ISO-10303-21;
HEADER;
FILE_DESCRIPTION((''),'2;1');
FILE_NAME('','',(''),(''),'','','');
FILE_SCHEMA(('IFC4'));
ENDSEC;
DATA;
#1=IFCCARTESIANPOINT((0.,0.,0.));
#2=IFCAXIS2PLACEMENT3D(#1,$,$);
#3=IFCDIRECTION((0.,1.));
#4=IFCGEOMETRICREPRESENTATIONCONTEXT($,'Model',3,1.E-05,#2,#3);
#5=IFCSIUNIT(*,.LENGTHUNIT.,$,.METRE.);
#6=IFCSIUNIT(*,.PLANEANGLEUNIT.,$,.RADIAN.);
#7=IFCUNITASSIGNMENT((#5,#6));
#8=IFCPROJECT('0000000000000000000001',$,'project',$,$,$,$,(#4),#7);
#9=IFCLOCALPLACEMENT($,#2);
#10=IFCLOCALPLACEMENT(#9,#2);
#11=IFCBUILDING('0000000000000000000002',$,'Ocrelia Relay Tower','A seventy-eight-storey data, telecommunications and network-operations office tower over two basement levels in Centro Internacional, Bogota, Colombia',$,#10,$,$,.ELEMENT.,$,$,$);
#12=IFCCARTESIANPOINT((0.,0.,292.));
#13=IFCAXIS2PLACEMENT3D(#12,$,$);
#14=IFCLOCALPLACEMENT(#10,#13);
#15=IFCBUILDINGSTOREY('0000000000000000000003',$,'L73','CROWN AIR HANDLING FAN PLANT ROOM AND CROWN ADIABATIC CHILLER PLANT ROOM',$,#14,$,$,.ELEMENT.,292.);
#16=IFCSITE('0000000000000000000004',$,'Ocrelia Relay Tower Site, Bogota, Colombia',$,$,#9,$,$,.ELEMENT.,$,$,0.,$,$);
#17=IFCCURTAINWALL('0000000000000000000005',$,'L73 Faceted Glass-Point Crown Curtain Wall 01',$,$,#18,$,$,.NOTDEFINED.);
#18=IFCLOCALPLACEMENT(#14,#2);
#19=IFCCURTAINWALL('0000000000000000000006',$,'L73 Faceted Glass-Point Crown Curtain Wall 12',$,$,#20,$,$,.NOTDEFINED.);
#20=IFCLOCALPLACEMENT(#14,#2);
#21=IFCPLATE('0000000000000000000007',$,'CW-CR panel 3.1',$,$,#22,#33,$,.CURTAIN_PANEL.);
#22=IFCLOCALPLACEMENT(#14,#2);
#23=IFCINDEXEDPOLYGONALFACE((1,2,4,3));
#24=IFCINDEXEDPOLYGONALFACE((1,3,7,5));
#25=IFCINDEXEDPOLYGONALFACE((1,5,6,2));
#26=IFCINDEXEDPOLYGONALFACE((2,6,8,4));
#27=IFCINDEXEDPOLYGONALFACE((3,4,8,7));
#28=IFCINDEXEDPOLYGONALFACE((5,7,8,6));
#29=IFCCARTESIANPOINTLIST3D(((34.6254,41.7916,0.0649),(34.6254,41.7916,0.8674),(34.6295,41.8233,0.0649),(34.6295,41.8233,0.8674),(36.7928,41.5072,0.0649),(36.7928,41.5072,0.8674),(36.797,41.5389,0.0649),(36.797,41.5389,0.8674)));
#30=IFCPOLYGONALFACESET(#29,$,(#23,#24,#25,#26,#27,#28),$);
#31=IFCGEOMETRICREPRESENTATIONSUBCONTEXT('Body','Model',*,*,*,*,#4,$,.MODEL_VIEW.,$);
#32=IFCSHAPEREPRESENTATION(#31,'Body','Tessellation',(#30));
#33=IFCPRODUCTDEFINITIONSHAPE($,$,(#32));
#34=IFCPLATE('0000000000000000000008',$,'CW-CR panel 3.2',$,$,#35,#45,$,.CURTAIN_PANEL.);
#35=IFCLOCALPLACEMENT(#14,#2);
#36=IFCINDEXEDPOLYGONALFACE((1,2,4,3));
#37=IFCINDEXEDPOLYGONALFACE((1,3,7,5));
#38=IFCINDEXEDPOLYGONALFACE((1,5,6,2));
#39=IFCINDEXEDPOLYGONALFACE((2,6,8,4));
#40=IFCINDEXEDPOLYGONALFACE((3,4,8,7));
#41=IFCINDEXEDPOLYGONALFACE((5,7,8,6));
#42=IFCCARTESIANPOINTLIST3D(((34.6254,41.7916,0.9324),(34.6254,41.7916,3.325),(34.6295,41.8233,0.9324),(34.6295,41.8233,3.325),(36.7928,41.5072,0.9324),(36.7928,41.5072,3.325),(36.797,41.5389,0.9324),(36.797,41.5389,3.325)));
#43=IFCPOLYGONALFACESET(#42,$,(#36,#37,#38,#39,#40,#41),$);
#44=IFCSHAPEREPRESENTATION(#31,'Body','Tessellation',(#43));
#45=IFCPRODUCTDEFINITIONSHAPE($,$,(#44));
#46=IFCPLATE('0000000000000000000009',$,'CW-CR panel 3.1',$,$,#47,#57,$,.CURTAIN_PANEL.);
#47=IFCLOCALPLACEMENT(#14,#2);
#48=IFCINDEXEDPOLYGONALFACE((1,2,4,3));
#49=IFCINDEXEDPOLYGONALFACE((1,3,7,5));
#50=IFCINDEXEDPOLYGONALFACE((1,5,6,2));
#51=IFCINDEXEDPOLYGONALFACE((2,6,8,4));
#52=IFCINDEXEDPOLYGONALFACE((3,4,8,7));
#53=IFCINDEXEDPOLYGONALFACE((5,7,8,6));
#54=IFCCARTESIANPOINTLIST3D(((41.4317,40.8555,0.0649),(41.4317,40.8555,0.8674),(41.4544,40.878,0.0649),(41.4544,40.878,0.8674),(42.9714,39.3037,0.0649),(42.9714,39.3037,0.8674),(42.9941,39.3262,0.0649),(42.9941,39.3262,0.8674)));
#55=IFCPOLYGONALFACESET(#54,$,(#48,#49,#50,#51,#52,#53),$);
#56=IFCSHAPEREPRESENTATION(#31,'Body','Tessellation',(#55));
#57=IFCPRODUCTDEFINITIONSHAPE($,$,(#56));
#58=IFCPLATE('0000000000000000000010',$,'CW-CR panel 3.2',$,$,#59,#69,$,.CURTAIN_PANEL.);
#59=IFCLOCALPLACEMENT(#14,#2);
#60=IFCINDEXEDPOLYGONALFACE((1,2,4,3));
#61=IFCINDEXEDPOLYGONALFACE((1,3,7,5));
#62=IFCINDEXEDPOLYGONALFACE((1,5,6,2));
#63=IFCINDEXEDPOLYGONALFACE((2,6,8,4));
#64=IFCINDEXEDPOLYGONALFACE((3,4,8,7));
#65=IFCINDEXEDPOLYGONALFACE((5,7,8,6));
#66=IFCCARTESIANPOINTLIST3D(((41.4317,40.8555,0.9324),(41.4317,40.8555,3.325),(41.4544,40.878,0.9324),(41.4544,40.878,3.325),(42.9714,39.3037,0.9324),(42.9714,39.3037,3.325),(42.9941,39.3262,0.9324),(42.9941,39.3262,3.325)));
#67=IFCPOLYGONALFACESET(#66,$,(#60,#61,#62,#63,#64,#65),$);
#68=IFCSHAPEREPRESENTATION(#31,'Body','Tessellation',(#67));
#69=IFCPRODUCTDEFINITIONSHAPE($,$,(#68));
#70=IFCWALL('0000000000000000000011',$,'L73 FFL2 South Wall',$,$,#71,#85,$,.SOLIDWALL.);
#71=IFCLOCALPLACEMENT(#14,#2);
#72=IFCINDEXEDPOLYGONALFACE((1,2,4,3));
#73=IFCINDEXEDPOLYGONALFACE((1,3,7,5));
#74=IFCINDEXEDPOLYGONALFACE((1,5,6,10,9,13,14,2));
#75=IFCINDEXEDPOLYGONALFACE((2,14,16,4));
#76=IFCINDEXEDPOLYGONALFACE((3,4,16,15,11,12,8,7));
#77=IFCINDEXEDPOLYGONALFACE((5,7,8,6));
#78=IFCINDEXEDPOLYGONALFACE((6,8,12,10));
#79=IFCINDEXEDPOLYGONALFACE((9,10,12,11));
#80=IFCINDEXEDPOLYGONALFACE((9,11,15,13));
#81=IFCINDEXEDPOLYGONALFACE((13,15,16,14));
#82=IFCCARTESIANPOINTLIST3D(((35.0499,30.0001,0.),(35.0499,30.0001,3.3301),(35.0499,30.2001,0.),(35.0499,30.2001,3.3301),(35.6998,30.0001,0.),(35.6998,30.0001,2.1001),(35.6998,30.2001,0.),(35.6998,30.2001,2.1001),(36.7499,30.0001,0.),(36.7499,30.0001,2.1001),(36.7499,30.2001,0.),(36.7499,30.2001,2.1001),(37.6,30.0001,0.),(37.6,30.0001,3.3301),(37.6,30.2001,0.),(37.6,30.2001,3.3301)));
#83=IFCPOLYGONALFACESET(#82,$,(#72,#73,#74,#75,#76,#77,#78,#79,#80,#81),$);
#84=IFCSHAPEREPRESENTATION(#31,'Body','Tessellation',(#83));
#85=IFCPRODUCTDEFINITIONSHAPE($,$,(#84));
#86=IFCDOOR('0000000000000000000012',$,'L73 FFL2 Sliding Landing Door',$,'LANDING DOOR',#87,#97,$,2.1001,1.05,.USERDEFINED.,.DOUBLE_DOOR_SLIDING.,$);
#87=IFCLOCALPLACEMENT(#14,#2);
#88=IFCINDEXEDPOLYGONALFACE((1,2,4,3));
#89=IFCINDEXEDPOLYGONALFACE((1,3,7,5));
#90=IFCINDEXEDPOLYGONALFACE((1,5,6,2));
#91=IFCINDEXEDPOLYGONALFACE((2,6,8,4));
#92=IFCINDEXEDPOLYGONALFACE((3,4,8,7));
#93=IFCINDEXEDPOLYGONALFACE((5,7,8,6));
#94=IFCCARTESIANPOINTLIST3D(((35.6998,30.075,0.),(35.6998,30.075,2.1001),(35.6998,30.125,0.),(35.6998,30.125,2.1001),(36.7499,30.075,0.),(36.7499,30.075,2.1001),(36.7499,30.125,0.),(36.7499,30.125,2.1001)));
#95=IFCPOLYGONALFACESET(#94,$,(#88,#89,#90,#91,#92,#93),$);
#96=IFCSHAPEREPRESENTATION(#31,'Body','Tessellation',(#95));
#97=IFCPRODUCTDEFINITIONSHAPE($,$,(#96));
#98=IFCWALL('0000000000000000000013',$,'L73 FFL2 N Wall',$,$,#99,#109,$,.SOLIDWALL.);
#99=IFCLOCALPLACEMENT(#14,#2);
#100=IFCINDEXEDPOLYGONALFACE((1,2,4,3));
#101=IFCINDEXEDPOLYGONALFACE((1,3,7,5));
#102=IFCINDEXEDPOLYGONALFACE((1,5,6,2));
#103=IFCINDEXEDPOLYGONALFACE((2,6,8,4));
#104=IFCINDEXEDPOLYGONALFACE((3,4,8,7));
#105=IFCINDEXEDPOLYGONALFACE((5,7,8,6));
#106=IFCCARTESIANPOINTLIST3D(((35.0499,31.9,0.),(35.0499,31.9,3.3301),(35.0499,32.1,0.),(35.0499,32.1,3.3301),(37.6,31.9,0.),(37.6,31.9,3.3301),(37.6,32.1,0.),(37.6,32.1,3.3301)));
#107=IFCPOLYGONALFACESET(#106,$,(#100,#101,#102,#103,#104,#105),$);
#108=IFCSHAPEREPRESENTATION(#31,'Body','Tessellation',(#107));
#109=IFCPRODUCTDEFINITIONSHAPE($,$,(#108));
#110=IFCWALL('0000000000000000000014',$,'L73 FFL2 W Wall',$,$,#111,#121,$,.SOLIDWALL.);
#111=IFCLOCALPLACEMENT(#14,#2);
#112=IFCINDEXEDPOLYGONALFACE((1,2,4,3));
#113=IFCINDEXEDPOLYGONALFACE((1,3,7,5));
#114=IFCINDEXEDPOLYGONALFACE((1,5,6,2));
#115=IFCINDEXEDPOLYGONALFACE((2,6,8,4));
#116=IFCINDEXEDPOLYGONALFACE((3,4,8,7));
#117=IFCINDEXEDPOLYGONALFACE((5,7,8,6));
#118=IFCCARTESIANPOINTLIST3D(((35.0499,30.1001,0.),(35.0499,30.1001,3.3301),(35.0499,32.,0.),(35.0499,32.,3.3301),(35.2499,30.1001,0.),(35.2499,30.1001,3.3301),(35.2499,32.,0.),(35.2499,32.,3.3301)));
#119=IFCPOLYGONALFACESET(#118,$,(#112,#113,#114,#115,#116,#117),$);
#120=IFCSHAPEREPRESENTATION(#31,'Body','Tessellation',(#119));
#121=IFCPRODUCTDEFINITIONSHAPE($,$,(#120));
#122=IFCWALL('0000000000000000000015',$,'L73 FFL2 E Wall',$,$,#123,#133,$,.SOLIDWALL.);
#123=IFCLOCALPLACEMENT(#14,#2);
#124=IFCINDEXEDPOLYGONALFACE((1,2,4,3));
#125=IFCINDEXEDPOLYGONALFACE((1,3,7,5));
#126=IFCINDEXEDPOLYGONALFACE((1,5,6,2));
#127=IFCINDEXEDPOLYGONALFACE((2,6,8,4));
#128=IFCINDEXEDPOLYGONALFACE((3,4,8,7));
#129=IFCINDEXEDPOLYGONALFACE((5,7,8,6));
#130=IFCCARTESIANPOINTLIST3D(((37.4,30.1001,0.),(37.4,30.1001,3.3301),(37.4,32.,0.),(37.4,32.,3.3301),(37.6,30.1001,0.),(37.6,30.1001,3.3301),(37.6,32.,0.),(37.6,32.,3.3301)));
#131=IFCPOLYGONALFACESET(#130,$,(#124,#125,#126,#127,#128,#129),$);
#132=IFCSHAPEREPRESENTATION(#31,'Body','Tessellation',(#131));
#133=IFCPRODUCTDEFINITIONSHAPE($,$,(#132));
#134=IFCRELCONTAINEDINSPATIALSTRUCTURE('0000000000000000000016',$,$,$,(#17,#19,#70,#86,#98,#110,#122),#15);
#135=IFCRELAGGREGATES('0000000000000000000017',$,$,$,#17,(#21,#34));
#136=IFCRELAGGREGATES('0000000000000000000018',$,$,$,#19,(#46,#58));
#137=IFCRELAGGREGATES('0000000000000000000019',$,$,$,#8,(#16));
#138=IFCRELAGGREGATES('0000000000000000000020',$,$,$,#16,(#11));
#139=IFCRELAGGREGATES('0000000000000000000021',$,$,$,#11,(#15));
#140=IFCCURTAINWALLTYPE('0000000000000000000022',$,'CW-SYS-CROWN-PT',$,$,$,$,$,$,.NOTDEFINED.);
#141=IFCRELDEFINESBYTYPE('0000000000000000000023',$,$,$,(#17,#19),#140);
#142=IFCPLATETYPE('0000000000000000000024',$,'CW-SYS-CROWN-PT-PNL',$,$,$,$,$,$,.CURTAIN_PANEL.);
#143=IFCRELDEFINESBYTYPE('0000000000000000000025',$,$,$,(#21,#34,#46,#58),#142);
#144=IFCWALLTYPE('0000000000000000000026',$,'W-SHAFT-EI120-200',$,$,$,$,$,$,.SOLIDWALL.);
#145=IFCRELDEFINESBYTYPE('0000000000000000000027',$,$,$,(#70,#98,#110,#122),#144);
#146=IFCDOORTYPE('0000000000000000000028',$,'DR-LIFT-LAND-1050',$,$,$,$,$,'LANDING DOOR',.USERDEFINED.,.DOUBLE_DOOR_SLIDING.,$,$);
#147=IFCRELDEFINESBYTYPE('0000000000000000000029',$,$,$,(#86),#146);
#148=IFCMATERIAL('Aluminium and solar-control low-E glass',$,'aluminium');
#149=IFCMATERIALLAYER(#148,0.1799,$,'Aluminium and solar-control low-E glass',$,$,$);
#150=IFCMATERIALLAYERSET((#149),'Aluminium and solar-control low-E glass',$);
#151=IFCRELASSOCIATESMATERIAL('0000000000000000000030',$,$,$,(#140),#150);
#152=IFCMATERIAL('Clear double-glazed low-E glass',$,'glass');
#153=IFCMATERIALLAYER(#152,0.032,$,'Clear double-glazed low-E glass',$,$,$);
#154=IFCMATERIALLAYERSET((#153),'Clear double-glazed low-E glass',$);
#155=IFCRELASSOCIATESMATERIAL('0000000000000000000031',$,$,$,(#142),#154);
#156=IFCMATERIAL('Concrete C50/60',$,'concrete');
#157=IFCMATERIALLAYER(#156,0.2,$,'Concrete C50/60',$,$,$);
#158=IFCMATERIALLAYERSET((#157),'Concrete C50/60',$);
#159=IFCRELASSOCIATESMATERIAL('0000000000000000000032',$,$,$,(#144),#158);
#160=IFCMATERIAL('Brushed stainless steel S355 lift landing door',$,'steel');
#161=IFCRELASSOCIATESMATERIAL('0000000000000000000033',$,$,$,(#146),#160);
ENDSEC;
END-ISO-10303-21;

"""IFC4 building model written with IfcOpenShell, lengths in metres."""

from ifc_helpers import new_model, si_unit, direction, frame, frame_2d, origin, origin_2d, place, context, subcontext, project, spatial, rectangle, extrude, material, layer, layer_set, type_object, element, fill, aggregate, save


model = new_model("IFC4")

# Units and contexts
model_context = context("Model", 3, precision=1e-05, world=origin(), true_north=direction((0.0, 1.0)))
body_context = subcontext(model_context, "Body", "Model", "MODEL_VIEW")
ifc_project = project(units=[si_unit("LENGTHUNIT", "METRE"), si_unit("PLANEANGLEUNIT", "RADIAN")], contexts=[model_context])

# Site, building, storey
site_placement = place(None, origin())
site = spatial("IfcSite", under=ifc_project, at=site_placement, Name="Ocrelia Relay Tower Site, Bogota, Colombia", CompositionType="ELEMENT", RefElevation=0.0)
building_placement = place(site_placement, origin())
building = spatial("IfcBuilding", under=site, at=building_placement, Name="Ocrelia Relay Tower", Description="A seventy-eight-storey data, telecommunications and network-operations office tower over two basement levels in Centro Internacional, Bogota, Colombia", CompositionType="ELEMENT")
storey_placement = place(building_placement, frame((0.0, 0.0, 292.0)))
storey = spatial("IfcBuildingStorey", under=building, at=storey_placement, Name="L73", Description="CROWN AIR HANDLING FAN PLANT ROOM AND CROWN ADIABATIC CHILLER PLANT ROOM", CompositionType="ELEMENT", Elevation=292.0)

# Curtain wall
ifc_material_1 = material(Name="Aluminium and solar-control low-E glass", Category="aluminium")
ifc_layer_1 = layer(ifc_material_1, 0.1799, Name="Aluminium and solar-control low-E glass")
ifc_layer_set_1 = layer_set([ifc_layer_1], Name="Aluminium and solar-control low-E glass")
curtain_wall_type = type_object("IfcCurtainWallType", Name="CW-SYS-CROWN-PT", PredefinedType="NOTDEFINED", material=ifc_layer_set_1)
curtain_wall_1_placement = place(storey_placement, origin())
curtain_wall_1 = element("IfcCurtainWall", 1, at=curtain_wall_1_placement, inside=storey, type_object=curtain_wall_type, Name="L73 Faceted Glass-Point Crown Curtain Wall 01", PredefinedType="NOTDEFINED")

# Curtain wall
curtain_wall_2_placement = place(storey_placement, origin())
curtain_wall_2 = element("IfcCurtainWall", 2, at=curtain_wall_2_placement, inside=storey, type_object=curtain_wall_type, Name="L73 Faceted Glass-Point Crown Curtain Wall 12", PredefinedType="NOTDEFINED")

# Plates
ifc_material_2 = material(Name="Clear double-glazed low-E glass", Category="glass")
ifc_layer_2 = layer(ifc_material_2, 0.032, Name="Clear double-glazed low-E glass")
ifc_layer_set_2 = layer_set([ifc_layer_2], Name="Clear double-glazed low-E glass")
plate_type = type_object("IfcPlateType", Name="CW-SYS-CROWN-PT-PNL", PredefinedType="CURTAIN_PANEL", material=ifc_layer_set_2)
plate_1_placement = place(storey_placement, frame((35.7112, 41.6653, 0.0649), z_axis=(0.0, 0.0, 1.0), x_axis=(-0.9915, 0.130108, 0.0)))
plate_1 = element("IfcPlate", 3, at=plate_1_placement, type_object=plate_type, Name="CW-CR panel 3.1", PredefinedType="CURTAIN_PANEL", context=body_context, shape_type="SweptSolid", body=[
    extrude(rectangle(XDim=2.186, YDim=0.032, at=origin_2d()), origin(), (0.0, 0.0, 1.0), 0.8025),
])
plate_2_placement = place(storey_placement, frame((35.7112, 41.6653, 0.9324), z_axis=(0.0, 0.0, 1.0), x_axis=(-0.9915, 0.130108, 0.0)))
plate_2 = element("IfcPlate", 4, at=plate_2_placement, type_object=plate_type, Name="CW-CR panel 3.2", PredefinedType="CURTAIN_PANEL", context=body_context, shape_type="SweptSolid", body=[
    extrude(rectangle(XDim=2.186, YDim=0.032, at=origin_2d()), origin(), (0.0, 0.0, 1.0), 2.3926),
])
aggregate(curtain_wall_1, [plate_1, plate_2])
plate_3_placement = place(storey_placement, frame((42.2129, 40.0908, 0.0649), z_axis=(0.0, 0.0, 1.0), x_axis=(-0.704332, 0.709871, 0.0)))
plate_3 = element("IfcPlate", 5, at=plate_3_placement, type_object=plate_type, Name="CW-CR panel 3.1", PredefinedType="CURTAIN_PANEL", context=body_context, shape_type="SweptSolid", body=[
    extrude(rectangle(XDim=2.186, YDim=0.032, at=origin_2d()), origin(), (0.0, 0.0, 1.0), 0.8025),
])
plate_4_placement = place(storey_placement, frame((42.2129, 40.0908, 0.9324), z_axis=(0.0, 0.0, 1.0), x_axis=(-0.704332, 0.709871, 0.0)))
plate_4 = element("IfcPlate", 6, at=plate_4_placement, type_object=plate_type, Name="CW-CR panel 3.2", PredefinedType="CURTAIN_PANEL", context=body_context, shape_type="SweptSolid", body=[
    extrude(rectangle(XDim=2.186, YDim=0.032, at=origin_2d()), origin(), (0.0, 0.0, 1.0), 2.3926),
])
aggregate(curtain_wall_2, [plate_3, plate_4])

# Wall, opening, door
ifc_material_3 = material(Name="Concrete C50/60", Category="concrete")
ifc_layer_3 = layer(ifc_material_3, 0.2, Name="Concrete C50/60")
ifc_layer_set_3 = layer_set([ifc_layer_3], Name="Concrete C50/60")
wall_type = type_object("IfcWallType", Name="W-SHAFT-EI120-200", PredefinedType="SOLIDWALL", material=ifc_layer_set_3)
wall_1_placement = place(storey_placement, frame((35.05, 30.1001, 0.0), z_axis=(0.0, 0.0, 1.0), x_axis=(1.0, 0.0, 0.0)))
wall_1 = element("IfcWall", 7, at=wall_1_placement, inside=storey, type_object=wall_type, Name="L73 FFL2 South Wall", PredefinedType="SOLIDWALL", context=body_context, shape_type="SweptSolid", body=[
    extrude(rectangle(XDim=2.55, YDim=0.2, at=frame_2d((1.2749, 0.0))), origin(), (0.0, 0.0, 1.0), 3.3301),
])
opening_placement = place(wall_1_placement, frame((0.6499, 0.0, 0.0)))
opening = element("IfcOpeningElement", 8, at=opening_placement, cuts=wall_1, PredefinedType="OPENING", context=body_context, shape_type="SweptSolid", body=[
    extrude(rectangle(XDim=1.05, YDim=2.1001, at=frame_2d((0.5249, 1.05))), frame((0.0, 0.1099, 0.0), z_axis=(0.0, -1.0, 0.0), x_axis=(1.0, 0.0, 0.0)), (0.0, 0.0, 1.0), 0.22),
])
ifc_material_4 = material(Name="Brushed stainless steel S355 lift landing door", Category="steel")
door_type = type_object("IfcDoorType", Name="DR-LIFT-LAND-1050", ElementType="LANDING DOOR", OperationType="DOUBLE_DOOR_SLIDING", PredefinedType="USERDEFINED", material=ifc_material_4)
door_placement = place(opening_placement, origin())
door = element("IfcDoor", 9, at=door_placement, inside=storey, type_object=door_type, Name="L73 FFL2 Sliding Landing Door", ObjectType="LANDING DOOR", OperationType="DOUBLE_DOOR_SLIDING", OverallHeight=2.1001, OverallWidth=1.05, PredefinedType="USERDEFINED", context=body_context, shape_type="SweptSolid", body=[
    extrude(rectangle(XDim=1.05, YDim=2.1001, at=frame_2d((0.5249, 1.05))), frame((0.0, 0.0249, 0.0), z_axis=(0.0, -1.0, 0.0), x_axis=(1.0, 0.0, 0.0)), (0.0, 0.0, 1.0), 0.05),
])
fill(opening, door)

# Walls
wall_2_placement = place(storey_placement, frame((35.05, 32.0, 0.0), z_axis=(0.0, 0.0, 1.0), x_axis=(1.0, 0.0, 0.0)))
element("IfcWall", 10, at=wall_2_placement, inside=storey, type_object=wall_type, Name="L73 FFL2 N Wall", PredefinedType="SOLIDWALL", context=body_context, shape_type="SweptSolid", body=[
    extrude(rectangle(XDim=2.55, YDim=0.2, at=frame_2d((1.2749, 0.0))), origin(), (0.0, 0.0, 1.0), 3.3301),
])
for number, where, z_axis, x_axis, name in (
    (11, (35.1499, 30.1001, 0.0), (0.0, 0.0, 1.0), (0.0, 1.0, 0.0), "L73 FFL2 W Wall"),
    (12, (37.5, 30.1001, 0.0), (0.0, 0.0, 1.0), (0.0, 1.0, 0.0), "L73 FFL2 E Wall"),
):
    element("IfcWall", number, at=place(storey_placement, frame(where, z_axis=z_axis, x_axis=x_axis)), inside=storey, type_object=wall_type, Name=name, PredefinedType="SOLIDWALL", context=body_context, shape_type="SweptSolid", body=[
        extrude(rectangle(XDim=1.8999, YDim=0.2, at=frame_2d((0.95, 0.0))), origin(), (0.0, 0.0, 1.0), 3.3301),
    ])

save(model, "model.ifc")
